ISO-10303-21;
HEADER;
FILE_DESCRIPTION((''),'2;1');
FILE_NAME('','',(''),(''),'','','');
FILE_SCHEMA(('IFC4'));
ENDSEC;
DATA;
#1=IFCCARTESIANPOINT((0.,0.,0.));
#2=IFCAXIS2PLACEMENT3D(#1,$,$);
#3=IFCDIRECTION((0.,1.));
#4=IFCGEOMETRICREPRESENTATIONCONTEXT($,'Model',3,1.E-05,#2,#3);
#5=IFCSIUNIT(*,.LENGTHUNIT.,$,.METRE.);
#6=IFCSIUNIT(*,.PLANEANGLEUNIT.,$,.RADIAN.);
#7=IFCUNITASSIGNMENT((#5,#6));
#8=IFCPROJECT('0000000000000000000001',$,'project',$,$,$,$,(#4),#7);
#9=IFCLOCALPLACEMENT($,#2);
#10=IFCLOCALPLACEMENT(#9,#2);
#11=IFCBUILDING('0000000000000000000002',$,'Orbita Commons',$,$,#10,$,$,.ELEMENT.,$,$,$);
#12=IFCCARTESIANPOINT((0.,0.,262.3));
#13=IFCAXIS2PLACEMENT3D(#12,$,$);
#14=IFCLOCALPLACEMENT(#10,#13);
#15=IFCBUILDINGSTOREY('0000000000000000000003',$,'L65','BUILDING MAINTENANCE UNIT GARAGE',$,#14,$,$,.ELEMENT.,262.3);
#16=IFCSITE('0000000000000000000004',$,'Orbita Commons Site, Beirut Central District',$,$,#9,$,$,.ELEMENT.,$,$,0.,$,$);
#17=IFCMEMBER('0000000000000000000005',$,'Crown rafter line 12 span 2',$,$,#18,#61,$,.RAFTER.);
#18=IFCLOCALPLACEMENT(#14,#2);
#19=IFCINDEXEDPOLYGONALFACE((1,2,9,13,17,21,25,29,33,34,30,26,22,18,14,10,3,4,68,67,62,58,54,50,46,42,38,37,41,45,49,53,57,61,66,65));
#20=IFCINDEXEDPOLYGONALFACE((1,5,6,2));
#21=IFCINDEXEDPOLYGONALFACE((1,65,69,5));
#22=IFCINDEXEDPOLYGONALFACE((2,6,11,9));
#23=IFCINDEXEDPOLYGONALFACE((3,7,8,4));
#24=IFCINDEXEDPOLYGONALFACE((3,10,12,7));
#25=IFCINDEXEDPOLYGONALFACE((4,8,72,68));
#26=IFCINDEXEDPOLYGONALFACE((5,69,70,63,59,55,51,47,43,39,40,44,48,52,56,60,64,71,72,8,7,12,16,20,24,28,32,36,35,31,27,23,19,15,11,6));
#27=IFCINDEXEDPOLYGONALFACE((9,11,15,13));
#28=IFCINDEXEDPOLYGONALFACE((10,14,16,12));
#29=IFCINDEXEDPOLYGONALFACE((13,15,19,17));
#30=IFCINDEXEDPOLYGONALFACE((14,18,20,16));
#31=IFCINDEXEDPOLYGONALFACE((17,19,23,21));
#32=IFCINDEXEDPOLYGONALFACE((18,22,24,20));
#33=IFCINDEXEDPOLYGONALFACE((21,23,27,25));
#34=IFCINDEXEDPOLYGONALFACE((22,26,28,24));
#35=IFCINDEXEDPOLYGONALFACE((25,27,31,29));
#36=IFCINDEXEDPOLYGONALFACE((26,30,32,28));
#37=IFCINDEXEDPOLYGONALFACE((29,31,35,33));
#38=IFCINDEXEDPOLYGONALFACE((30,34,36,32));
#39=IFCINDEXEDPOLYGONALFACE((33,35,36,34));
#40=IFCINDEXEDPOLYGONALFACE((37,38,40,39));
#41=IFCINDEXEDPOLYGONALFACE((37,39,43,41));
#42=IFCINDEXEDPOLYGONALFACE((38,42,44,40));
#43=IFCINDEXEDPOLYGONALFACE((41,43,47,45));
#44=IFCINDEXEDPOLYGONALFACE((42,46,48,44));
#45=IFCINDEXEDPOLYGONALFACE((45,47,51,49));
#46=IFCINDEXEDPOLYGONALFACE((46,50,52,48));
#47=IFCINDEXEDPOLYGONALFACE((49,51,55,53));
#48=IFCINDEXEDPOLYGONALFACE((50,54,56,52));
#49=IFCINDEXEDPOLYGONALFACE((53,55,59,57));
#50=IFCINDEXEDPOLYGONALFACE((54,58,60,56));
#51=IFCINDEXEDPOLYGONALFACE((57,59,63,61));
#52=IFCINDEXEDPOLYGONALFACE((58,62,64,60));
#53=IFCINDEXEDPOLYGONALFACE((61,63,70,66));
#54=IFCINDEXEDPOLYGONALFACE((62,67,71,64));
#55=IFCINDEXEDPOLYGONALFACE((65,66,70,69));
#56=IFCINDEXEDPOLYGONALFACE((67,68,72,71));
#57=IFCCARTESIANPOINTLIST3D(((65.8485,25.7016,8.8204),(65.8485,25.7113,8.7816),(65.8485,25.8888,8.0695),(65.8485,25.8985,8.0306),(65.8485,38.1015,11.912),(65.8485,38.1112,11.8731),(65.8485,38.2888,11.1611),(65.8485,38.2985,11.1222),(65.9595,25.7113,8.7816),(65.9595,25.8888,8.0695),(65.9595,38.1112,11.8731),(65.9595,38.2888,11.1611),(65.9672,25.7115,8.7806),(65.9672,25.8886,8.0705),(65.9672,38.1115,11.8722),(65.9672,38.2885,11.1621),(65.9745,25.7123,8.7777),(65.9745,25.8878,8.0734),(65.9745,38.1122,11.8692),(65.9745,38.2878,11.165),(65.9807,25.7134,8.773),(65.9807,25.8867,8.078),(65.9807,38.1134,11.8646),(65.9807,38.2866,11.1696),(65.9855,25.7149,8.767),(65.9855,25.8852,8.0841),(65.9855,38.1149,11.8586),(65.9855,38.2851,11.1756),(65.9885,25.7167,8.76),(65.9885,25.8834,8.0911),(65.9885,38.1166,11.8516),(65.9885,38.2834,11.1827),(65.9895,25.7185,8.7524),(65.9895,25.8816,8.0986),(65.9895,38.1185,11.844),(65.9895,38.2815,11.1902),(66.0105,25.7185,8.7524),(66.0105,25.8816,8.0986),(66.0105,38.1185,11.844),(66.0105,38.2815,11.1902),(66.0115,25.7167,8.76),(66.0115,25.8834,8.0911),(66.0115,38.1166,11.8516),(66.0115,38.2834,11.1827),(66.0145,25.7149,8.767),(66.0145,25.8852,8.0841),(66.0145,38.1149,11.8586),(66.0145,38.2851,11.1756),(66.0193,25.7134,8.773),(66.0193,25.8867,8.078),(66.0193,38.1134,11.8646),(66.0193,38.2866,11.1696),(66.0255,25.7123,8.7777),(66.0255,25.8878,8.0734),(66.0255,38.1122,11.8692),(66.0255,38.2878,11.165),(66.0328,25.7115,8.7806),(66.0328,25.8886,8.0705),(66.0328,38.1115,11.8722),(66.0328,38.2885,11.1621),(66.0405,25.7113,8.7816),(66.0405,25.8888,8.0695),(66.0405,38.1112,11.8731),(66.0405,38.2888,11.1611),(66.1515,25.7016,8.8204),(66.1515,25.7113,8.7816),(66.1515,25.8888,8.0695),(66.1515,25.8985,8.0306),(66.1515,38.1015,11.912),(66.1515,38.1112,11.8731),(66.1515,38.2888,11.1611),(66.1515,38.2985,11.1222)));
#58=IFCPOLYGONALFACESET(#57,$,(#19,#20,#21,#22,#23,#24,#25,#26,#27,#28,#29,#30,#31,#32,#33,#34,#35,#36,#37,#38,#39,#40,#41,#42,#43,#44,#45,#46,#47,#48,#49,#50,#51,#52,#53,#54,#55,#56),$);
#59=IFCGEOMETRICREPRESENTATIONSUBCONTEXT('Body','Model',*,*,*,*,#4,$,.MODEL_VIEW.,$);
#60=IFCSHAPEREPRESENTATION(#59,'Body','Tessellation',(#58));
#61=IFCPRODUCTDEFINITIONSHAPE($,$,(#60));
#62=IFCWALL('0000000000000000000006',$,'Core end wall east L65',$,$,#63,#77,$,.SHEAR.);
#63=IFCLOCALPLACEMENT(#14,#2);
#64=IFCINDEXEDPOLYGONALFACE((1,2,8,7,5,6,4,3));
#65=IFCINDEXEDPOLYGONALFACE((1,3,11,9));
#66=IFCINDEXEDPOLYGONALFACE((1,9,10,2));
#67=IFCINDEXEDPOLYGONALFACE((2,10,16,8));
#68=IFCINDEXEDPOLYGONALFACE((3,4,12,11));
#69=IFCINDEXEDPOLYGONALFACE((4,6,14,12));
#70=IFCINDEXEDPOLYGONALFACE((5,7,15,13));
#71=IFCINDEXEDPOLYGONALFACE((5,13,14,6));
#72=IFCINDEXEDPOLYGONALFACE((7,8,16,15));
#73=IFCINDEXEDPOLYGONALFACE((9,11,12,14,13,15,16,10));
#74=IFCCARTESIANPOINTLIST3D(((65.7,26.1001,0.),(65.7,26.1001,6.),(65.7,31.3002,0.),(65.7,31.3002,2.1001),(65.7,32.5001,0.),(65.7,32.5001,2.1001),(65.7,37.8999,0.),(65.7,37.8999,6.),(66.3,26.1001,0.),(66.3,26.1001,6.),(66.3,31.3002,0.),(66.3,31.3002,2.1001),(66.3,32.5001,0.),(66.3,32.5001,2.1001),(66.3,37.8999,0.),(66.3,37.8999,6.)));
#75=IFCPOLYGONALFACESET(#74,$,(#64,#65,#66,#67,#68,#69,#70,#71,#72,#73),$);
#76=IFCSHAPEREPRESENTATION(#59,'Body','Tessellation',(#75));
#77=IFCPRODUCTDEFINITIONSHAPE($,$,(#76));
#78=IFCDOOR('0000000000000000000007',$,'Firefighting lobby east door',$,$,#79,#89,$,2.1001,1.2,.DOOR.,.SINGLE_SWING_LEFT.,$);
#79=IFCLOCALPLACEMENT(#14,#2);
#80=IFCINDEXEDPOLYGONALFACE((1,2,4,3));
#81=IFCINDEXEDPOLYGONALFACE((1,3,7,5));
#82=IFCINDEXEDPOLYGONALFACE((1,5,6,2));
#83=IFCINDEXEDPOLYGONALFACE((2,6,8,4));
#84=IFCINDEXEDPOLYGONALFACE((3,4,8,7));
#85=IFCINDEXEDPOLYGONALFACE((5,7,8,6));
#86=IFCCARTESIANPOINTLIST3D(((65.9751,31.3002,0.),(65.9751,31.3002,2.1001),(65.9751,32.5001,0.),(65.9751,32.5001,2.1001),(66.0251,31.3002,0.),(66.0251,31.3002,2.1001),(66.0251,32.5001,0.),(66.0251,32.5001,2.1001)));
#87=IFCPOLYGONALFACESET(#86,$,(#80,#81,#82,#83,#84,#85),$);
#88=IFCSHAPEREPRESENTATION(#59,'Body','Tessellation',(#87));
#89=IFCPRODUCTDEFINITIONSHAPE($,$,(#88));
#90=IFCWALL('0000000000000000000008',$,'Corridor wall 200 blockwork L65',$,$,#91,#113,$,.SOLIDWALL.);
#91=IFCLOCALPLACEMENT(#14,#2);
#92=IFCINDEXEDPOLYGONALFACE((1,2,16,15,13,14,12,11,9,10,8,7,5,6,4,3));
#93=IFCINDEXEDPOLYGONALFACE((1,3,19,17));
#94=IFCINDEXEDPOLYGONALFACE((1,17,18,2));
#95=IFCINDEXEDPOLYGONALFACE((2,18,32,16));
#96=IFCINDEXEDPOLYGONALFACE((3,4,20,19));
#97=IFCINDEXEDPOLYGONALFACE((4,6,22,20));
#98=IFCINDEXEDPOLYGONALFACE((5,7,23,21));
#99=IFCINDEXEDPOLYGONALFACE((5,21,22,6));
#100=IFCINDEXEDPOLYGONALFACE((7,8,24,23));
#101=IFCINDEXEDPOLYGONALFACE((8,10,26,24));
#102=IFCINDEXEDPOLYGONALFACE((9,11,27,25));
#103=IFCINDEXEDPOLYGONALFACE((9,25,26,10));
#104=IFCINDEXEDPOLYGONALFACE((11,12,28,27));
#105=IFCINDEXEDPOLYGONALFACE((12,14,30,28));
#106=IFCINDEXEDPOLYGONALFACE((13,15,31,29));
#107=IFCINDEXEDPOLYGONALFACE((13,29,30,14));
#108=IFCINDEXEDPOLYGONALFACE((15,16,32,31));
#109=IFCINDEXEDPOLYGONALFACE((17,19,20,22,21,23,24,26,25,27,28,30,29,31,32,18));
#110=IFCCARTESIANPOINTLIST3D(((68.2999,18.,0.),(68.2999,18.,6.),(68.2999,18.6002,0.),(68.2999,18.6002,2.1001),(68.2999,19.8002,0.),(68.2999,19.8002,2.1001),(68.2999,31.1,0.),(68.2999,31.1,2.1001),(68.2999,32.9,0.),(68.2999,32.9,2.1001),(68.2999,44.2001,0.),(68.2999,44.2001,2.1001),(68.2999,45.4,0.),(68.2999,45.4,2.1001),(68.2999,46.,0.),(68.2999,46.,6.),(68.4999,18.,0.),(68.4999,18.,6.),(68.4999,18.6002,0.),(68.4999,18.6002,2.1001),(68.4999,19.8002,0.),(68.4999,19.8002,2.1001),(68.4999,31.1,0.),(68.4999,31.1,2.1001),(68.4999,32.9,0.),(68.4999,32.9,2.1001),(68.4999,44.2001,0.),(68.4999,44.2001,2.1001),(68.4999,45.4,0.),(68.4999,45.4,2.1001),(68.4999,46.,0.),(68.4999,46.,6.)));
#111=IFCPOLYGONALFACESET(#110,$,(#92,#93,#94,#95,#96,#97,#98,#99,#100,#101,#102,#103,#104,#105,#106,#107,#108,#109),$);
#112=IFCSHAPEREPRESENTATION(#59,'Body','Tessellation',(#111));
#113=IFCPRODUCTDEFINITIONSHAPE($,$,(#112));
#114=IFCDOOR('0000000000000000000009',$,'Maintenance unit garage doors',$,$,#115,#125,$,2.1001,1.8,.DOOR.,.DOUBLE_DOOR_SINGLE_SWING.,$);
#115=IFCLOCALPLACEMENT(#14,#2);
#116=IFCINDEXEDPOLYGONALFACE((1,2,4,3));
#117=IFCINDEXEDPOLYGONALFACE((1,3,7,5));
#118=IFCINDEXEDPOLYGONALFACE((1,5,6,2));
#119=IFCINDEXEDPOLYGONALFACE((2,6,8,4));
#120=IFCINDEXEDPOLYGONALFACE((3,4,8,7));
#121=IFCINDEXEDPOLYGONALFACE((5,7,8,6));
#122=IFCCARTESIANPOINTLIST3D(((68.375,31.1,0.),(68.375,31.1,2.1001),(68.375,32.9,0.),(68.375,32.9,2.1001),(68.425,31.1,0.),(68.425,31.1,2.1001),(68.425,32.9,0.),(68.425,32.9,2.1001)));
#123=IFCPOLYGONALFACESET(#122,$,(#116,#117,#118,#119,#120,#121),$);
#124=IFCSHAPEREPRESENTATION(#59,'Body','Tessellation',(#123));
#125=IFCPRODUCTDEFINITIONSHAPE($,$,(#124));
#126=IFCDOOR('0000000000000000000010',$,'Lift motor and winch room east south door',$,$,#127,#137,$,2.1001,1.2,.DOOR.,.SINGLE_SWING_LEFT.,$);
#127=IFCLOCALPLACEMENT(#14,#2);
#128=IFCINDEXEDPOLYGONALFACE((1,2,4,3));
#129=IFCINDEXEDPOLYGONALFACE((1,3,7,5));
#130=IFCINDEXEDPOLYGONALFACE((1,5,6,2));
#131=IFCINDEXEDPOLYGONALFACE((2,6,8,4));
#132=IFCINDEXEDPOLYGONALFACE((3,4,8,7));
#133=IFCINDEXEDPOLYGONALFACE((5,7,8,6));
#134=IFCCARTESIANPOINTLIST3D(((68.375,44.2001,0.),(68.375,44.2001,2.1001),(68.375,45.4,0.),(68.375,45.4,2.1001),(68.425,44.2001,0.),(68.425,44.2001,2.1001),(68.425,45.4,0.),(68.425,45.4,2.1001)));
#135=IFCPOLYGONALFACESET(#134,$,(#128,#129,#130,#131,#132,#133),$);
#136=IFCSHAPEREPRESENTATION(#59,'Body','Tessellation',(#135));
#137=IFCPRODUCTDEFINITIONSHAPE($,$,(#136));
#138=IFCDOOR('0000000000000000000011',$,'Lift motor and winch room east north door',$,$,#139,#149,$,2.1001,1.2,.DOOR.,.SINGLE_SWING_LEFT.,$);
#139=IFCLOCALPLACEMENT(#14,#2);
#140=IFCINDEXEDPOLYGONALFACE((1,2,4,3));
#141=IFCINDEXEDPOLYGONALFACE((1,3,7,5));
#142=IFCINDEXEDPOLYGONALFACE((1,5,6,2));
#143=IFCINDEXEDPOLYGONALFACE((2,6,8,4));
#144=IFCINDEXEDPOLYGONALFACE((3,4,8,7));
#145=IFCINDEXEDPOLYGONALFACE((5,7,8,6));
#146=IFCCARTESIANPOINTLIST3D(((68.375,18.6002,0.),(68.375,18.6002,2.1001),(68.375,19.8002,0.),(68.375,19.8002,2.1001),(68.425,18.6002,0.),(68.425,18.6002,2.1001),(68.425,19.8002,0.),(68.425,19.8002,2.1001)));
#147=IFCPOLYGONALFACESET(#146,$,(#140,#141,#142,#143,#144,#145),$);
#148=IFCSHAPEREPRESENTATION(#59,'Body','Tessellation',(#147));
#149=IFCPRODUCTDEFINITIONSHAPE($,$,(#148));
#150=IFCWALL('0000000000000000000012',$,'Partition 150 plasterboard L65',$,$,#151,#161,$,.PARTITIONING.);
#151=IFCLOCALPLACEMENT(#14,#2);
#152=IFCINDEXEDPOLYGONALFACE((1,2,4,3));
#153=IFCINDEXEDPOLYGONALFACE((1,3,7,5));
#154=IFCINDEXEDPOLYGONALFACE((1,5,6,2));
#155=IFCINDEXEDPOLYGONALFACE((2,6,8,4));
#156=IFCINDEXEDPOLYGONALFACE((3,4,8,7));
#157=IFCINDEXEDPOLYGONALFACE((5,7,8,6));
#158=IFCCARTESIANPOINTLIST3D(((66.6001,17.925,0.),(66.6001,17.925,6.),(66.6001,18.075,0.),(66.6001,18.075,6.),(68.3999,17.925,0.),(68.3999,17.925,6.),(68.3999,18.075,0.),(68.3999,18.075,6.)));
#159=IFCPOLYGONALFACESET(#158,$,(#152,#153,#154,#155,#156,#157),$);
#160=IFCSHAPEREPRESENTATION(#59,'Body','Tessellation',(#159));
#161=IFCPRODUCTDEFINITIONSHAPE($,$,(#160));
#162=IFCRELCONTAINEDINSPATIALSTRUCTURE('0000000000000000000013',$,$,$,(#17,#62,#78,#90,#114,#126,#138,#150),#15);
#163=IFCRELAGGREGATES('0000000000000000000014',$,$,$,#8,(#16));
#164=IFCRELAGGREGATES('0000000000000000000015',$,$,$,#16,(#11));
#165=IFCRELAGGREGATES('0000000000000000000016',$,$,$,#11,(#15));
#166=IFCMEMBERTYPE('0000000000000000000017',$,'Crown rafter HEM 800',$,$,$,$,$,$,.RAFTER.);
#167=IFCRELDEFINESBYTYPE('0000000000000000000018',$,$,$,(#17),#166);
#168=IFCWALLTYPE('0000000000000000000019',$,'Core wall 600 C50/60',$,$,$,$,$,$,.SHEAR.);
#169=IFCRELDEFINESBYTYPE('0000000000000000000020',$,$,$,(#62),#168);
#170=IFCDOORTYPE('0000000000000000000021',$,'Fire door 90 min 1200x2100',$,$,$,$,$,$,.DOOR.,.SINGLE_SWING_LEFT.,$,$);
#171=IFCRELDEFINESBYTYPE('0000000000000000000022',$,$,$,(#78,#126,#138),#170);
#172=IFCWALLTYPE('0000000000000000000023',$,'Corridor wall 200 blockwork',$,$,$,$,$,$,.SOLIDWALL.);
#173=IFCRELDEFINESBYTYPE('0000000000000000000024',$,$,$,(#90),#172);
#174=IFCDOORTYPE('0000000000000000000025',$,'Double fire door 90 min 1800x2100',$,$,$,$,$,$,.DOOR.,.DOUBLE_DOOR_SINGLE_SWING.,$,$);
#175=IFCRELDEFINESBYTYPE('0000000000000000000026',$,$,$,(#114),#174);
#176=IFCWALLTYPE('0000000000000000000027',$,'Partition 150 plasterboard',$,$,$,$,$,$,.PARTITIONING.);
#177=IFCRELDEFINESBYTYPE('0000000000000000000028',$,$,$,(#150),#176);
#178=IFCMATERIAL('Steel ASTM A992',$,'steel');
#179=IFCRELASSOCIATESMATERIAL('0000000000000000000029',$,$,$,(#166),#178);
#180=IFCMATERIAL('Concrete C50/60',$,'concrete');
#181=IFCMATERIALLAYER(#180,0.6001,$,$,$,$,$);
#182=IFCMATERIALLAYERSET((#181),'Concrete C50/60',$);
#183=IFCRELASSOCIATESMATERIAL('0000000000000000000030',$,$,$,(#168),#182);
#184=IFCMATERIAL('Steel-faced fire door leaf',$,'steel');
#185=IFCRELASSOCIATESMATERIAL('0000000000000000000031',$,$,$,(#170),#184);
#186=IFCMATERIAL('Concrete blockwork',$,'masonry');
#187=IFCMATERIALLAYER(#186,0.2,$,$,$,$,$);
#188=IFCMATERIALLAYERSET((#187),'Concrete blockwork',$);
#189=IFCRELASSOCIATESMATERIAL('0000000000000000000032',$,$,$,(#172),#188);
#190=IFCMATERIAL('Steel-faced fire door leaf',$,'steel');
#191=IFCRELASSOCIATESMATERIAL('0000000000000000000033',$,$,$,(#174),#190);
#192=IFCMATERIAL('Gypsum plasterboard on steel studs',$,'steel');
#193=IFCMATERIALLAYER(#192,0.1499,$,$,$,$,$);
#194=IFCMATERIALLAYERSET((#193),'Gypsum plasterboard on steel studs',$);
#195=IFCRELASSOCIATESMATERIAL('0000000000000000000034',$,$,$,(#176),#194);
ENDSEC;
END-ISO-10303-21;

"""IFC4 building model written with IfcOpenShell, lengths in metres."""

from ifc_helpers import new_model, si_unit, direction, frame, frame_2d, origin, origin_2d, place, context, subcontext, project, spatial, rectangle, i_section, extrude, material, layer, layer_set, material_profile, profile_set, type_object, element, fill, save


model = new_model("IFC4")

# Units and contexts
model_context = context("Model", 3, precision=1e-05, world=origin(), true_north=direction((0.0, 1.0)))
body_context = subcontext(model_context, "Body", "Model", "MODEL_VIEW")
ifc_project = project(units=[si_unit("LENGTHUNIT", "METRE"), si_unit("PLANEANGLEUNIT", "RADIAN")], contexts=[model_context])

# Site, building, storey
site_placement = place(None, origin())
site = spatial("IfcSite", under=ifc_project, at=site_placement, Name="Orbita Commons Site, Beirut Central District", CompositionType="ELEMENT", RefElevation=0.0)
building_placement = place(site_placement, origin())
building = spatial("IfcBuilding", under=site, at=building_placement, Name="Orbita Commons", CompositionType="ELEMENT")
storey_placement = place(building_placement, frame((0.0, 0.0, 262.3)))
storey = spatial("IfcBuildingStorey", under=building, at=storey_placement, Name="L65", Description="BUILDING MAINTENANCE UNIT GARAGE", CompositionType="ELEMENT", Elevation=262.3)

# Member
ifc_material_1 = material(Name="Steel ASTM A992", Category="steel")
ifc_material_profile_1 = material_profile(ifc_material_1, i_section(OverallWidth=0.303, OverallDepth=0.814, WebThickness=0.021, FlangeThickness=0.04, FilletRadius=0.03, at=origin_2d()), Name="HEM 800")
ifc_profile_set_1 = profile_set([ifc_material_profile_1], Name="Steel ASTM A992")
member_type_1 = type_object("IfcMemberType", Name="Crown rafter HEM 800", PredefinedType="RAFTER", material=ifc_profile_set_1)
member_1_placement = place(storey_placement, frame((66.0, 25.8, 8.4255), z_axis=(0.0, 0.970297, 0.241915), x_axis=(-1.0, 0.0, 0.0)))
element("IfcMember", 1, at=member_1_placement, inside=storey, type_object=member_type_1, Name="Crown rafter line 12 span 2", PredefinedType="RAFTER", context=body_context, shape_type="SweptSolid", body=[
    extrude(i_section(OverallWidth=0.303, OverallDepth=0.814, WebThickness=0.021, FlangeThickness=0.04, FilletRadius=0.03, at=origin_2d()), origin(), (0.0, 0.0, 1.0), 12.7795),
])

# Wall, opening, door
ifc_material_2 = material(Name="Concrete C50/60", Category="concrete")
ifc_layer_1 = layer(ifc_material_2, 0.6001)
ifc_layer_set_1 = layer_set([ifc_layer_1], Name="Concrete C50/60")
wall_type_1 = type_object("IfcWallType", Name="Core wall 600 C50/60", PredefinedType="SHEAR", material=ifc_layer_set_1)
wall_1_placement = place(storey_placement, frame((66.0, 26.1001, 0.0), z_axis=(0.0, 0.0, 1.0), x_axis=(0.0, 1.0, 0.0)))
wall_1 = element("IfcWall", 2, at=wall_1_placement, inside=storey, type_object=wall_type_1, Name="Core end wall east L65", PredefinedType="SHEAR", context=body_context, shape_type="SweptSolid", body=[
    extrude(rectangle(XDim=11.7998, YDim=0.6001, at=frame_2d((5.8999, 0.0))), origin(), (0.0, 0.0, 1.0), 6.0),
])
opening_1_placement = place(wall_1_placement, frame((5.2, 0.0, 0.0)))
opening_1 = element("IfcOpeningElement", 3, at=opening_1_placement, cuts=wall_1, PredefinedType="OPENING", context=body_context, shape_type="SweptSolid", body=[
    extrude(rectangle(XDim=1.2, YDim=2.1001, at=frame_2d((0.6001, 1.05))), frame((0.0, 0.3101, 0.0), z_axis=(0.0, -1.0, 0.0), x_axis=(1.0, 0.0, 0.0)), (0.0, 0.0, 1.0), 0.6201),
])
ifc_material_3 = material(Name="Steel-faced fire door leaf", Category="steel")
door_type_1 = type_object("IfcDoorType", Name="Fire door 90 min 1200x2100", OperationType="SINGLE_SWING_LEFT", PredefinedType="DOOR", material=ifc_material_3)
door_1_placement = place(opening_1_placement, origin())
door_1 = element("IfcDoor", 4, at=door_1_placement, inside=storey, type_object=door_type_1, Name="Firefighting lobby east door", OperationType="SINGLE_SWING_LEFT", OverallHeight=2.1001, OverallWidth=1.2, PredefinedType="DOOR", context=body_context, shape_type="SweptSolid", body=[
    extrude(rectangle(XDim=1.2, YDim=2.1001, at=frame_2d((0.6001, 1.05))), frame((0.0, 0.0249, 0.0), z_axis=(0.0, -1.0, 0.0), x_axis=(1.0, 0.0, 0.0)), (0.0, 0.0, 1.0), 0.05),
])
fill(opening_1, door_1)

# Wall, openings, doors
ifc_material_4 = material(Name="Concrete blockwork", Category="masonry")
ifc_layer_2 = layer(ifc_material_4, 0.2)
ifc_layer_set_2 = layer_set([ifc_layer_2], Name="Concrete blockwork")
wall_type_2 = type_object("IfcWallType", Name="Corridor wall 200 blockwork", PredefinedType="SOLIDWALL", material=ifc_layer_set_2)
wall_2_placement = place(storey_placement, frame((68.3999, 18.0, 0.0), z_axis=(0.0, 0.0, 1.0), x_axis=(0.0, 1.0, 0.0)))
wall_2 = element("IfcWall", 5, at=wall_2_placement, inside=storey, type_object=wall_type_2, Name="Corridor wall 200 blockwork L65", PredefinedType="SOLIDWALL", context=body_context, shape_type="SweptSolid", body=[
    extrude(rectangle(XDim=28.0, YDim=0.2, at=frame_2d((14.0, 0.0))), origin(), (0.0, 0.0, 1.0), 6.0),
])
opening_2_placement = place(wall_2_placement, frame((13.1001, 0.0, 0.0)))
opening_2 = element("IfcOpeningElement", 6, at=opening_2_placement, cuts=wall_2, PredefinedType="OPENING", context=body_context, shape_type="SweptSolid", body=[
    extrude(rectangle(XDim=1.8, YDim=2.1001, at=frame_2d((0.8999, 1.05))), frame((0.0, 0.1099, 0.0), z_axis=(0.0, -1.0, 0.0), x_axis=(1.0, 0.0, 0.0)), (0.0, 0.0, 1.0), 0.22),
])
opening_3_placement = place(wall_2_placement, frame((26.2, 0.0, 0.0)))
opening_3 = element("IfcOpeningElement", 7, at=opening_3_placement, cuts=wall_2, PredefinedType="OPENING", context=body_context, shape_type="SweptSolid", body=[
    extrude(rectangle(XDim=1.2, YDim=2.1001, at=frame_2d((0.6001, 1.05))), frame((0.0, 0.1099, 0.0), z_axis=(0.0, -1.0, 0.0), x_axis=(1.0, 0.0, 0.0)), (0.0, 0.0, 1.0), 0.22),
])
opening_4_placement = place(wall_2_placement, frame((0.6001, 0.0, 0.0)))
opening_4 = element("IfcOpeningElement", 8, at=opening_4_placement, cuts=wall_2, PredefinedType="OPENING", context=body_context, shape_type="SweptSolid", body=[
    extrude(rectangle(XDim=1.2, YDim=2.1001, at=frame_2d((0.6001, 1.05))), frame((0.0, 0.1099, 0.0), z_axis=(0.0, -1.0, 0.0), x_axis=(1.0, 0.0, 0.0)), (0.0, 0.0, 1.0), 0.22),
])
ifc_material_5 = material(Name="Steel-faced fire door leaf", Category="steel")
door_type_2 = type_object("IfcDoorType", Name="Double fire door 90 min 1800x2100", OperationType="DOUBLE_DOOR_SINGLE_SWING", PredefinedType="DOOR", material=ifc_material_5)
door_2_placement = place(opening_2_placement, origin())
door_2 = element("IfcDoor", 9, at=door_2_placement, inside=storey, type_object=door_type_2, Name="Maintenance unit garage doors", OperationType="DOUBLE_DOOR_SINGLE_SWING", OverallHeight=2.1001, OverallWidth=1.8, PredefinedType="DOOR", context=body_context, shape_type="SweptSolid", body=[
    extrude(rectangle(XDim=1.8, YDim=2.1001, at=frame_2d((0.8999, 1.05))), frame((0.0, 0.0249, 0.0), z_axis=(0.0, -1.0, 0.0), x_axis=(1.0, 0.0, 0.0)), (0.0, 0.0, 1.0), 0.05),
])
fill(opening_2, door_2)
door_3_placement = place(opening_3_placement, origin())
door_3 = element("IfcDoor", 10, at=door_3_placement, inside=storey, type_object=door_type_1, Name="Lift motor and winch room east south door", OperationType="SINGLE_SWING_LEFT", OverallHeight=2.1001, OverallWidth=1.2, PredefinedType="DOOR", context=body_context, shape_type="SweptSolid", body=[
    extrude(rectangle(XDim=1.2, YDim=2.1001, at=frame_2d((0.6001, 1.05))), frame((0.0, 0.0249, 0.0), z_axis=(0.0, -1.0, 0.0), x_axis=(1.0, 0.0, 0.0)), (0.0, 0.0, 1.0), 0.05),
])
fill(opening_3, door_3)
door_4_placement = place(opening_4_placement, origin())
door_4 = element("IfcDoor", 11, at=door_4_placement, inside=storey, type_object=door_type_1, Name="Lift motor and winch room east north door", OperationType="SINGLE_SWING_LEFT", OverallHeight=2.1001, OverallWidth=1.2, PredefinedType="DOOR", context=body_context, shape_type="SweptSolid", body=[
    extrude(rectangle(XDim=1.2, YDim=2.1001, at=frame_2d((0.6001, 1.05))), frame((0.0, 0.0249, 0.0), z_axis=(0.0, -1.0, 0.0), x_axis=(1.0, 0.0, 0.0)), (0.0, 0.0, 1.0), 0.05),
])
fill(opening_4, door_4)

# Wall
ifc_material_6 = material(Name="Gypsum plasterboard on steel studs", Category="steel")
ifc_layer_3 = layer(ifc_material_6, 0.1499)
ifc_layer_set_3 = layer_set([ifc_layer_3], Name="Gypsum plasterboard on steel studs")
wall_type_3 = type_object("IfcWallType", Name="Partition 150 plasterboard", PredefinedType="PARTITIONING", material=ifc_layer_set_3)
wall_3_placement = place(storey_placement, frame((66.6001, 18.0, 0.0), z_axis=(0.0, 0.0, 1.0), x_axis=(1.0, 0.0, 0.0)))
element("IfcWall", 12, at=wall_3_placement, inside=storey, type_object=wall_type_3, Name="Partition 150 plasterboard L65", PredefinedType="PARTITIONING", context=body_context, shape_type="SweptSolid", body=[
    extrude(rectangle(XDim=1.7998, YDim=0.1499, at=frame_2d((0.8999, 0.0))), origin(), (0.0, 0.0, 1.0), 6.0),
])

save(model, "model.ifc")
